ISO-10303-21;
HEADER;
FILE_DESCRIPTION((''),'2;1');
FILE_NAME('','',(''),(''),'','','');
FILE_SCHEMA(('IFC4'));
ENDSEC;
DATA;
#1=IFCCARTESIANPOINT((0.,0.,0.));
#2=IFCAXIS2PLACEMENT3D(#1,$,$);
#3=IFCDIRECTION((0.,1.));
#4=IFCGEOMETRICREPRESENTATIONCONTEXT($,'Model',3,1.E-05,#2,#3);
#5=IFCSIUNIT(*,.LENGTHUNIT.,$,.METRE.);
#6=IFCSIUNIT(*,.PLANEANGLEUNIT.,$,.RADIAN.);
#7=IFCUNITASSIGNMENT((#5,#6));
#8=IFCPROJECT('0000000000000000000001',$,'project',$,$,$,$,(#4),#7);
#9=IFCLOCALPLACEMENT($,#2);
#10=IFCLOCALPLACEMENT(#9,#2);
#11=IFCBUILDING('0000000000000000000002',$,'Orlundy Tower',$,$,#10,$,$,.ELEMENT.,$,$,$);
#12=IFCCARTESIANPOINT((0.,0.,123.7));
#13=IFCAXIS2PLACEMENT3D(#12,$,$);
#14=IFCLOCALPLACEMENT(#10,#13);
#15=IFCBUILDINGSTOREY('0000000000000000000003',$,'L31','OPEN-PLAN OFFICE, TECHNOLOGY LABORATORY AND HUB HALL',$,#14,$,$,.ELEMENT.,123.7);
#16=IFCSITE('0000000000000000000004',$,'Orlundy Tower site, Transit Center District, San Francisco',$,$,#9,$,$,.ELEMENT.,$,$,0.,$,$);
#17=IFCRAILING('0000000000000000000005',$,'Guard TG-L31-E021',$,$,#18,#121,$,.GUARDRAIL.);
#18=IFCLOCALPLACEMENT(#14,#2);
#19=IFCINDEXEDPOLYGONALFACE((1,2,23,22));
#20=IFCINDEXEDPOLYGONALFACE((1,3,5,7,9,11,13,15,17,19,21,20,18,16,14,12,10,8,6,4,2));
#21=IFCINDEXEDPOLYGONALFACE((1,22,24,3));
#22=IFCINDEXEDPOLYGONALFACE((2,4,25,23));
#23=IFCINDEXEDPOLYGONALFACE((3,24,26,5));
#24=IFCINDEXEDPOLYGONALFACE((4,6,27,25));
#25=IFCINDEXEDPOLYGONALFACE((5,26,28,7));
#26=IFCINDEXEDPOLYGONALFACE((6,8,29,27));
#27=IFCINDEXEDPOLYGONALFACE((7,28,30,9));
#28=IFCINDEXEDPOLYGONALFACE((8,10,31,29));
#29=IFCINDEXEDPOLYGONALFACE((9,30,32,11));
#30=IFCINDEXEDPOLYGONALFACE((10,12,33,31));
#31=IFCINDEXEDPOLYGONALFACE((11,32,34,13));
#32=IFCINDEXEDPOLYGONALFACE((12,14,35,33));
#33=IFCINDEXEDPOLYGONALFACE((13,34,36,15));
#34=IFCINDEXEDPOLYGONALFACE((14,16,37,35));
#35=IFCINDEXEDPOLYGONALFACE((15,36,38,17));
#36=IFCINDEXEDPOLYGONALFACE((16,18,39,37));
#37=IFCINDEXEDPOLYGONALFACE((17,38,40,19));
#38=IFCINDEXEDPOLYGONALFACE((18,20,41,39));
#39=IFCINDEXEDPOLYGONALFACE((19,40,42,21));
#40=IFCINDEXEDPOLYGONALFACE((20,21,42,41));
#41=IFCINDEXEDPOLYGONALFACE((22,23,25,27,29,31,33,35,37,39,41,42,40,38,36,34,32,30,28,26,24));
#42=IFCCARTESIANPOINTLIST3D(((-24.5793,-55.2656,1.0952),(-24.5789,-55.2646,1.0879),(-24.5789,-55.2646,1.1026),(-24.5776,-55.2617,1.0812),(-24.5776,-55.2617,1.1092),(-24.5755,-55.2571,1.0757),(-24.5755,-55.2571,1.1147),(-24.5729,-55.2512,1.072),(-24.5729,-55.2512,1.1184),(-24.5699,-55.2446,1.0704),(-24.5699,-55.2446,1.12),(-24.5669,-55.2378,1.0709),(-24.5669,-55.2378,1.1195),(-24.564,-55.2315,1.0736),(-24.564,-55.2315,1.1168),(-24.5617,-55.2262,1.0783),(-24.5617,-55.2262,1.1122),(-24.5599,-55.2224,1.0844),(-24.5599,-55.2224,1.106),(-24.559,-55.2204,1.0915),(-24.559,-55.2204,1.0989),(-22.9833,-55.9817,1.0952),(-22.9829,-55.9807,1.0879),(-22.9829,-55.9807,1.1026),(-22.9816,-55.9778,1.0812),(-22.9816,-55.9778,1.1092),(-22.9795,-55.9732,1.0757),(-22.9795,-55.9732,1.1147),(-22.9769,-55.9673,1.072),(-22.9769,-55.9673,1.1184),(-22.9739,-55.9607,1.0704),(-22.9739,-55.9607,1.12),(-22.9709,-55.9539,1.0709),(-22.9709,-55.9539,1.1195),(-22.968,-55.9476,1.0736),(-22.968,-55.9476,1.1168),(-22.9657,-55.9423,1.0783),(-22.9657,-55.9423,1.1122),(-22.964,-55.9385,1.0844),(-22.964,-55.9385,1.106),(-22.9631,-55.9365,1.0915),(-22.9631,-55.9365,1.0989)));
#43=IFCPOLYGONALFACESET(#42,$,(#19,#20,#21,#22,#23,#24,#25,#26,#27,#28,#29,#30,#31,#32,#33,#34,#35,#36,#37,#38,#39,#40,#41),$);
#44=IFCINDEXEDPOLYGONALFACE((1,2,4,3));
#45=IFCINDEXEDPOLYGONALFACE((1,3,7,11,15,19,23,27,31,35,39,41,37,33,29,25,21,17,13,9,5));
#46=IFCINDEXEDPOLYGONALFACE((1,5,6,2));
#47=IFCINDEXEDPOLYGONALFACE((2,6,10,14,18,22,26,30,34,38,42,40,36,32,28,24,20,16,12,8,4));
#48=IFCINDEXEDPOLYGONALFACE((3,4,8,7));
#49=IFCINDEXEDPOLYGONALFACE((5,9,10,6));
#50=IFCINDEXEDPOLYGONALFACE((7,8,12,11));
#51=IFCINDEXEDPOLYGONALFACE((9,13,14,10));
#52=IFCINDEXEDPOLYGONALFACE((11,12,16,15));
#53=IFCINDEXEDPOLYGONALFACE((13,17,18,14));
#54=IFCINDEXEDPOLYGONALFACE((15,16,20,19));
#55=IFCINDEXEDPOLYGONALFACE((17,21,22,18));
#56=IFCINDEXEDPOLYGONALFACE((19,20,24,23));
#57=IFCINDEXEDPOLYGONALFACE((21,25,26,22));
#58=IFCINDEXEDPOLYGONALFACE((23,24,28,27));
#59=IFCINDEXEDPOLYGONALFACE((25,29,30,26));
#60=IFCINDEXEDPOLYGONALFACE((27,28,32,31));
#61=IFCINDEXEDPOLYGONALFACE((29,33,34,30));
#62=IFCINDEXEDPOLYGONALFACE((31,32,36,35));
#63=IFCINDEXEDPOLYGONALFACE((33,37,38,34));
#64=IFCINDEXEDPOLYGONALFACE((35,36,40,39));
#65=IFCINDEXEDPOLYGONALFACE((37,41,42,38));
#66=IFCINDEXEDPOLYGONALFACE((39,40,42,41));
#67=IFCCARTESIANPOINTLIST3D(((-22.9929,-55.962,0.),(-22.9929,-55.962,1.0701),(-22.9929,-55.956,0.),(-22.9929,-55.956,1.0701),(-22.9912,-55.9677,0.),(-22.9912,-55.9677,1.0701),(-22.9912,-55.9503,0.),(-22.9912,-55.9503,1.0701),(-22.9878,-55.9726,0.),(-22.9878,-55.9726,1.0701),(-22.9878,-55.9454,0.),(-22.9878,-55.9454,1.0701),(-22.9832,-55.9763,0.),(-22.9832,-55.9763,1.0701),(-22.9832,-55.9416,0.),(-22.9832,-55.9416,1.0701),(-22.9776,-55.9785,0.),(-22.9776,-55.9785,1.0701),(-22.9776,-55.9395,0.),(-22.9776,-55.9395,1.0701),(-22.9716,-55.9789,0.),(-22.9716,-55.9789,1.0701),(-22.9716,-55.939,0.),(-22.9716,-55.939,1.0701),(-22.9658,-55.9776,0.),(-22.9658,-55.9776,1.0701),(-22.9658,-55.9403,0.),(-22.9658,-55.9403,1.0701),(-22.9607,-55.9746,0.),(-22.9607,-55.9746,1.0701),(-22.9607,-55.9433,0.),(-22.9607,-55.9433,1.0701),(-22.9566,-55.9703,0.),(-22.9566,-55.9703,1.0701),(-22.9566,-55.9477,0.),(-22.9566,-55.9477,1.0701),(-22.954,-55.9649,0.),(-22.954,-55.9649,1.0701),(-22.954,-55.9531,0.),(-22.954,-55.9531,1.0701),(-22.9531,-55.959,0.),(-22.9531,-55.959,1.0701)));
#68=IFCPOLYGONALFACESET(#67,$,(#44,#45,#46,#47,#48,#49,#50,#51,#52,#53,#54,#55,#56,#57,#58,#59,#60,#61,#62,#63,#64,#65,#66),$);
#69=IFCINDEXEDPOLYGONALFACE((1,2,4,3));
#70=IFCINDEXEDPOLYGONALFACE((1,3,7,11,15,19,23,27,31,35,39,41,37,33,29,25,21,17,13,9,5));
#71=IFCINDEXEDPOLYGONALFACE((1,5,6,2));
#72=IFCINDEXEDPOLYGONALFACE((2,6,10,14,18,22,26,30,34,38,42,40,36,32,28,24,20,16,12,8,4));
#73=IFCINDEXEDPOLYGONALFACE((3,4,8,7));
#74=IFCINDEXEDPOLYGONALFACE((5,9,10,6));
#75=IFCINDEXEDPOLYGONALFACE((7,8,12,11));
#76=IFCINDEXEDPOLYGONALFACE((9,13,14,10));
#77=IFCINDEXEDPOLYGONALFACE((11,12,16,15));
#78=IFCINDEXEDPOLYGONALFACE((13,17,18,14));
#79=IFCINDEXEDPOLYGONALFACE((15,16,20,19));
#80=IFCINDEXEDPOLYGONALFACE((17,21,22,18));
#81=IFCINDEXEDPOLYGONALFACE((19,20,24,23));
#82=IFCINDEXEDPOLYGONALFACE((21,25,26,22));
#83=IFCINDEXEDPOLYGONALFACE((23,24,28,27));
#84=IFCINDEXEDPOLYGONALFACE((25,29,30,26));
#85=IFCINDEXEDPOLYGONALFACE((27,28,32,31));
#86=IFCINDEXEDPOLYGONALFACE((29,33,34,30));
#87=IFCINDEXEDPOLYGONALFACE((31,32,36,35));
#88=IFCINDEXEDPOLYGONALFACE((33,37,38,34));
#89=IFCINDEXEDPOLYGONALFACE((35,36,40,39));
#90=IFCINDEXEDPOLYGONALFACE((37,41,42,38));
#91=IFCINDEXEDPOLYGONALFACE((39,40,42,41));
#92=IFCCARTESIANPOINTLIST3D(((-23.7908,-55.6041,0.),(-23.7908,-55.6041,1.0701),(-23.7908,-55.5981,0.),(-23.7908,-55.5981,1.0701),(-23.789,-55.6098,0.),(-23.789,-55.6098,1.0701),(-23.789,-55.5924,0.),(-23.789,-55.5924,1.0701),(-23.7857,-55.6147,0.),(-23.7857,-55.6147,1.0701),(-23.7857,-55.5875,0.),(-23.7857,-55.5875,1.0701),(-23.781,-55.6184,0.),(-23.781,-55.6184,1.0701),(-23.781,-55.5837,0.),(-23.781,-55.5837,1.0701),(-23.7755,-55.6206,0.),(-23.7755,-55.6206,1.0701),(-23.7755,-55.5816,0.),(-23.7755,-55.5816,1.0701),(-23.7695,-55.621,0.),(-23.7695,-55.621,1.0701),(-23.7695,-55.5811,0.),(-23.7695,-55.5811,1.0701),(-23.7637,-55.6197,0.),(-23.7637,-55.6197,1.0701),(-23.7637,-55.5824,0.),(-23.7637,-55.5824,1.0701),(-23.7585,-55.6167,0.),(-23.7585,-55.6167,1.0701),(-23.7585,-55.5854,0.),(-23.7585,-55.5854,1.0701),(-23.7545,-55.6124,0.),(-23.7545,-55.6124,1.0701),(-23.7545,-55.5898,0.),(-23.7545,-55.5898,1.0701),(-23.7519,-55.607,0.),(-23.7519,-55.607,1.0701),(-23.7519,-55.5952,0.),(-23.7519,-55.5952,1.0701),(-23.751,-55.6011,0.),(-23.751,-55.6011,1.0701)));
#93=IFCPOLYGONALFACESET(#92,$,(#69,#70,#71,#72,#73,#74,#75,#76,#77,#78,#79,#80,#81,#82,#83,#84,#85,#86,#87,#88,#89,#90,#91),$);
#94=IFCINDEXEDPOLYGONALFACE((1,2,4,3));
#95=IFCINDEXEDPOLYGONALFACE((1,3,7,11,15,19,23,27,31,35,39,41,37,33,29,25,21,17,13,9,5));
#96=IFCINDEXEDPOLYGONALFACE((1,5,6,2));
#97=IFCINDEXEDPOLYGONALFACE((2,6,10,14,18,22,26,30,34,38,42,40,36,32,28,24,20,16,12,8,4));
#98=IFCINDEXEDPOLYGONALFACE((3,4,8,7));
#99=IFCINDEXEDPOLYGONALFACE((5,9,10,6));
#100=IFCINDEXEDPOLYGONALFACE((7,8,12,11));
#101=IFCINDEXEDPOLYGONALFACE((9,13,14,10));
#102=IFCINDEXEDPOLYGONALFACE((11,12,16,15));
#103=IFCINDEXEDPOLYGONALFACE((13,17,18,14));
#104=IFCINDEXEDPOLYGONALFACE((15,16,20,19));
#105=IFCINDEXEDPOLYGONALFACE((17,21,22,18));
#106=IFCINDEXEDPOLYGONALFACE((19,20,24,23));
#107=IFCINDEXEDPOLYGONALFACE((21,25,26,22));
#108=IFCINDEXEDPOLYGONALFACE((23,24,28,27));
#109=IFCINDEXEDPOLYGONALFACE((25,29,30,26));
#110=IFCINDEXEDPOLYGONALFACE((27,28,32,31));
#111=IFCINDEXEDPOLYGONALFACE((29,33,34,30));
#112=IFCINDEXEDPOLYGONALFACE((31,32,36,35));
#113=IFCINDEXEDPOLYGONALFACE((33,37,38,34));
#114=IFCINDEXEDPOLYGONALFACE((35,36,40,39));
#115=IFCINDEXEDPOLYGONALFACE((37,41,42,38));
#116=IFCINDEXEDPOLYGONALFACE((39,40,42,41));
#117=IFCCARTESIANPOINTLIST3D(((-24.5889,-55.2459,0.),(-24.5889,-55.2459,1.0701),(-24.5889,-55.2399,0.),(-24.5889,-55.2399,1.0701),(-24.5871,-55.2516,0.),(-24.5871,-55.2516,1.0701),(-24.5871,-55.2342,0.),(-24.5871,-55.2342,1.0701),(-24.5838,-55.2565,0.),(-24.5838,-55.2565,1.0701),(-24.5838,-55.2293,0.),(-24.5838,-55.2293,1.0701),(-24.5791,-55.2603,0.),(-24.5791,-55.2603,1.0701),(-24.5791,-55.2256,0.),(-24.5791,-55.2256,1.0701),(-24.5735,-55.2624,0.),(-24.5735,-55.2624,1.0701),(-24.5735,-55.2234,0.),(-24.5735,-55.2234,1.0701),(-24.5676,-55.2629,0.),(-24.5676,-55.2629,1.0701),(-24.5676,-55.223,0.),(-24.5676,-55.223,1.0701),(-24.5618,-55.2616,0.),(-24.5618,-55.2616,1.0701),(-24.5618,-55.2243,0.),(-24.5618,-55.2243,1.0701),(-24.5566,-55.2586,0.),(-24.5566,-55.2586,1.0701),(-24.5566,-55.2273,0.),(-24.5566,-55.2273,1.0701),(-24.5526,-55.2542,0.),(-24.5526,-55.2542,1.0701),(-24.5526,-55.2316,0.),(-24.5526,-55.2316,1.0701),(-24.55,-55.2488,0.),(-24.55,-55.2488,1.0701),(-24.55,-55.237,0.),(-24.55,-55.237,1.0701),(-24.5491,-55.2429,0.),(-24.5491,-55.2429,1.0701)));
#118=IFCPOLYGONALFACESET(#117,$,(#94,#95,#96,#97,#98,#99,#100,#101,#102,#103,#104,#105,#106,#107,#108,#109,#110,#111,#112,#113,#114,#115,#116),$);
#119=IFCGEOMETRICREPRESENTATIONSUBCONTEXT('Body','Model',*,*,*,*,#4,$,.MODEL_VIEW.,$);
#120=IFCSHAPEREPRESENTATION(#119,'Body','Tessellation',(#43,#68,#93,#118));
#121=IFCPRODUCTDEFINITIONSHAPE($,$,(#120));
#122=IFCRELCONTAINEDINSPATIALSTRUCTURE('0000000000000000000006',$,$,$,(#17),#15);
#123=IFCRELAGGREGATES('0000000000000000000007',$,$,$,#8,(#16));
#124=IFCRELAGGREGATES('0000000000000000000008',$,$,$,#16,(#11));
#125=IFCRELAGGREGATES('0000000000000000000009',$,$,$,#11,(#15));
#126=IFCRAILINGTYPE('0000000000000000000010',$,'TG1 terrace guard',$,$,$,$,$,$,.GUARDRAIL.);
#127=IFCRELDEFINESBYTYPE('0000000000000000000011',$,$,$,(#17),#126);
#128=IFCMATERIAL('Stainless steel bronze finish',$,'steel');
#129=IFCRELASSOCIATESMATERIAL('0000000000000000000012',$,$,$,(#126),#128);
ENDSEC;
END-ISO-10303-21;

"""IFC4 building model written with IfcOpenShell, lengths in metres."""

from ifc_helpers import new_model, si_unit, direction, frame, origin, origin_2d, place, context, subcontext, project, spatial, circle, extrude, material, type_object, element, save


model = new_model("IFC4")

# Units and contexts
model_context = context("Model", 3, precision=1e-05, world=origin(), true_north=direction((0.0, 1.0)))
body_context = subcontext(model_context, "Body", "Model", "MODEL_VIEW")
ifc_project = project(units=[si_unit("LENGTHUNIT", "METRE"), si_unit("PLANEANGLEUNIT", "RADIAN")], contexts=[model_context])

# Site, building, storey
site_placement = place(None, origin())
site = spatial("IfcSite", under=ifc_project, at=site_placement, Name="Orlundy Tower site, Transit Center District, San Francisco", CompositionType="ELEMENT", RefElevation=0.0)
building_placement = place(site_placement, origin())
building = spatial("IfcBuilding", under=site, at=building_placement, Name="Orlundy Tower", CompositionType="ELEMENT")
storey_placement = place(building_placement, frame((0.0, 0.0, 123.7)))
storey = spatial("IfcBuildingStorey", under=building, at=storey_placement, Name="L31", Description="OPEN-PLAN OFFICE, TECHNOLOGY LABORATORY AND HUB HALL", CompositionType="ELEMENT", Elevation=123.7)

# Railing
ifc_material_1 = material(Name="Stainless steel bronze finish", Category="steel")
railing_type = type_object("IfcRailingType", Name="TG1 terrace guard", PredefinedType="GUARDRAIL", material=ifc_material_1)
railing_1_placement = place(storey_placement, frame((-22.9731, -55.959, 0.0)))
element("IfcRailing", 1, at=railing_1_placement, inside=storey, type_object=railing_type, Name="Guard TG-L31-E021", PredefinedType="GUARDRAIL", context=body_context, shape_type="SweptSolid", body=[
    extrude(circle(Radius=0.0249, at=origin_2d()), frame((0.0, 0.0, 1.0952), z_axis=(-0.912373, 0.40936, 0.0), x_axis=(-0.40936, -0.912373, 0.0)), (0.0, 0.0, 1.0), 1.7493),
    extrude(circle(Radius=0.02, at=origin_2d()), origin(), (0.0, 0.0, 1.0), 1.0701),
    extrude(circle(Radius=0.02, at=origin_2d()), frame((-0.7979, 0.3579, 0.0)), (0.0, 0.0, 1.0), 1.0701),
    extrude(circle(Radius=0.02, at=origin_2d()), frame((-1.5959, 0.7161, 0.0)), (0.0, 0.0, 1.0), 1.0701),
])

save(model, "model.ifc")
